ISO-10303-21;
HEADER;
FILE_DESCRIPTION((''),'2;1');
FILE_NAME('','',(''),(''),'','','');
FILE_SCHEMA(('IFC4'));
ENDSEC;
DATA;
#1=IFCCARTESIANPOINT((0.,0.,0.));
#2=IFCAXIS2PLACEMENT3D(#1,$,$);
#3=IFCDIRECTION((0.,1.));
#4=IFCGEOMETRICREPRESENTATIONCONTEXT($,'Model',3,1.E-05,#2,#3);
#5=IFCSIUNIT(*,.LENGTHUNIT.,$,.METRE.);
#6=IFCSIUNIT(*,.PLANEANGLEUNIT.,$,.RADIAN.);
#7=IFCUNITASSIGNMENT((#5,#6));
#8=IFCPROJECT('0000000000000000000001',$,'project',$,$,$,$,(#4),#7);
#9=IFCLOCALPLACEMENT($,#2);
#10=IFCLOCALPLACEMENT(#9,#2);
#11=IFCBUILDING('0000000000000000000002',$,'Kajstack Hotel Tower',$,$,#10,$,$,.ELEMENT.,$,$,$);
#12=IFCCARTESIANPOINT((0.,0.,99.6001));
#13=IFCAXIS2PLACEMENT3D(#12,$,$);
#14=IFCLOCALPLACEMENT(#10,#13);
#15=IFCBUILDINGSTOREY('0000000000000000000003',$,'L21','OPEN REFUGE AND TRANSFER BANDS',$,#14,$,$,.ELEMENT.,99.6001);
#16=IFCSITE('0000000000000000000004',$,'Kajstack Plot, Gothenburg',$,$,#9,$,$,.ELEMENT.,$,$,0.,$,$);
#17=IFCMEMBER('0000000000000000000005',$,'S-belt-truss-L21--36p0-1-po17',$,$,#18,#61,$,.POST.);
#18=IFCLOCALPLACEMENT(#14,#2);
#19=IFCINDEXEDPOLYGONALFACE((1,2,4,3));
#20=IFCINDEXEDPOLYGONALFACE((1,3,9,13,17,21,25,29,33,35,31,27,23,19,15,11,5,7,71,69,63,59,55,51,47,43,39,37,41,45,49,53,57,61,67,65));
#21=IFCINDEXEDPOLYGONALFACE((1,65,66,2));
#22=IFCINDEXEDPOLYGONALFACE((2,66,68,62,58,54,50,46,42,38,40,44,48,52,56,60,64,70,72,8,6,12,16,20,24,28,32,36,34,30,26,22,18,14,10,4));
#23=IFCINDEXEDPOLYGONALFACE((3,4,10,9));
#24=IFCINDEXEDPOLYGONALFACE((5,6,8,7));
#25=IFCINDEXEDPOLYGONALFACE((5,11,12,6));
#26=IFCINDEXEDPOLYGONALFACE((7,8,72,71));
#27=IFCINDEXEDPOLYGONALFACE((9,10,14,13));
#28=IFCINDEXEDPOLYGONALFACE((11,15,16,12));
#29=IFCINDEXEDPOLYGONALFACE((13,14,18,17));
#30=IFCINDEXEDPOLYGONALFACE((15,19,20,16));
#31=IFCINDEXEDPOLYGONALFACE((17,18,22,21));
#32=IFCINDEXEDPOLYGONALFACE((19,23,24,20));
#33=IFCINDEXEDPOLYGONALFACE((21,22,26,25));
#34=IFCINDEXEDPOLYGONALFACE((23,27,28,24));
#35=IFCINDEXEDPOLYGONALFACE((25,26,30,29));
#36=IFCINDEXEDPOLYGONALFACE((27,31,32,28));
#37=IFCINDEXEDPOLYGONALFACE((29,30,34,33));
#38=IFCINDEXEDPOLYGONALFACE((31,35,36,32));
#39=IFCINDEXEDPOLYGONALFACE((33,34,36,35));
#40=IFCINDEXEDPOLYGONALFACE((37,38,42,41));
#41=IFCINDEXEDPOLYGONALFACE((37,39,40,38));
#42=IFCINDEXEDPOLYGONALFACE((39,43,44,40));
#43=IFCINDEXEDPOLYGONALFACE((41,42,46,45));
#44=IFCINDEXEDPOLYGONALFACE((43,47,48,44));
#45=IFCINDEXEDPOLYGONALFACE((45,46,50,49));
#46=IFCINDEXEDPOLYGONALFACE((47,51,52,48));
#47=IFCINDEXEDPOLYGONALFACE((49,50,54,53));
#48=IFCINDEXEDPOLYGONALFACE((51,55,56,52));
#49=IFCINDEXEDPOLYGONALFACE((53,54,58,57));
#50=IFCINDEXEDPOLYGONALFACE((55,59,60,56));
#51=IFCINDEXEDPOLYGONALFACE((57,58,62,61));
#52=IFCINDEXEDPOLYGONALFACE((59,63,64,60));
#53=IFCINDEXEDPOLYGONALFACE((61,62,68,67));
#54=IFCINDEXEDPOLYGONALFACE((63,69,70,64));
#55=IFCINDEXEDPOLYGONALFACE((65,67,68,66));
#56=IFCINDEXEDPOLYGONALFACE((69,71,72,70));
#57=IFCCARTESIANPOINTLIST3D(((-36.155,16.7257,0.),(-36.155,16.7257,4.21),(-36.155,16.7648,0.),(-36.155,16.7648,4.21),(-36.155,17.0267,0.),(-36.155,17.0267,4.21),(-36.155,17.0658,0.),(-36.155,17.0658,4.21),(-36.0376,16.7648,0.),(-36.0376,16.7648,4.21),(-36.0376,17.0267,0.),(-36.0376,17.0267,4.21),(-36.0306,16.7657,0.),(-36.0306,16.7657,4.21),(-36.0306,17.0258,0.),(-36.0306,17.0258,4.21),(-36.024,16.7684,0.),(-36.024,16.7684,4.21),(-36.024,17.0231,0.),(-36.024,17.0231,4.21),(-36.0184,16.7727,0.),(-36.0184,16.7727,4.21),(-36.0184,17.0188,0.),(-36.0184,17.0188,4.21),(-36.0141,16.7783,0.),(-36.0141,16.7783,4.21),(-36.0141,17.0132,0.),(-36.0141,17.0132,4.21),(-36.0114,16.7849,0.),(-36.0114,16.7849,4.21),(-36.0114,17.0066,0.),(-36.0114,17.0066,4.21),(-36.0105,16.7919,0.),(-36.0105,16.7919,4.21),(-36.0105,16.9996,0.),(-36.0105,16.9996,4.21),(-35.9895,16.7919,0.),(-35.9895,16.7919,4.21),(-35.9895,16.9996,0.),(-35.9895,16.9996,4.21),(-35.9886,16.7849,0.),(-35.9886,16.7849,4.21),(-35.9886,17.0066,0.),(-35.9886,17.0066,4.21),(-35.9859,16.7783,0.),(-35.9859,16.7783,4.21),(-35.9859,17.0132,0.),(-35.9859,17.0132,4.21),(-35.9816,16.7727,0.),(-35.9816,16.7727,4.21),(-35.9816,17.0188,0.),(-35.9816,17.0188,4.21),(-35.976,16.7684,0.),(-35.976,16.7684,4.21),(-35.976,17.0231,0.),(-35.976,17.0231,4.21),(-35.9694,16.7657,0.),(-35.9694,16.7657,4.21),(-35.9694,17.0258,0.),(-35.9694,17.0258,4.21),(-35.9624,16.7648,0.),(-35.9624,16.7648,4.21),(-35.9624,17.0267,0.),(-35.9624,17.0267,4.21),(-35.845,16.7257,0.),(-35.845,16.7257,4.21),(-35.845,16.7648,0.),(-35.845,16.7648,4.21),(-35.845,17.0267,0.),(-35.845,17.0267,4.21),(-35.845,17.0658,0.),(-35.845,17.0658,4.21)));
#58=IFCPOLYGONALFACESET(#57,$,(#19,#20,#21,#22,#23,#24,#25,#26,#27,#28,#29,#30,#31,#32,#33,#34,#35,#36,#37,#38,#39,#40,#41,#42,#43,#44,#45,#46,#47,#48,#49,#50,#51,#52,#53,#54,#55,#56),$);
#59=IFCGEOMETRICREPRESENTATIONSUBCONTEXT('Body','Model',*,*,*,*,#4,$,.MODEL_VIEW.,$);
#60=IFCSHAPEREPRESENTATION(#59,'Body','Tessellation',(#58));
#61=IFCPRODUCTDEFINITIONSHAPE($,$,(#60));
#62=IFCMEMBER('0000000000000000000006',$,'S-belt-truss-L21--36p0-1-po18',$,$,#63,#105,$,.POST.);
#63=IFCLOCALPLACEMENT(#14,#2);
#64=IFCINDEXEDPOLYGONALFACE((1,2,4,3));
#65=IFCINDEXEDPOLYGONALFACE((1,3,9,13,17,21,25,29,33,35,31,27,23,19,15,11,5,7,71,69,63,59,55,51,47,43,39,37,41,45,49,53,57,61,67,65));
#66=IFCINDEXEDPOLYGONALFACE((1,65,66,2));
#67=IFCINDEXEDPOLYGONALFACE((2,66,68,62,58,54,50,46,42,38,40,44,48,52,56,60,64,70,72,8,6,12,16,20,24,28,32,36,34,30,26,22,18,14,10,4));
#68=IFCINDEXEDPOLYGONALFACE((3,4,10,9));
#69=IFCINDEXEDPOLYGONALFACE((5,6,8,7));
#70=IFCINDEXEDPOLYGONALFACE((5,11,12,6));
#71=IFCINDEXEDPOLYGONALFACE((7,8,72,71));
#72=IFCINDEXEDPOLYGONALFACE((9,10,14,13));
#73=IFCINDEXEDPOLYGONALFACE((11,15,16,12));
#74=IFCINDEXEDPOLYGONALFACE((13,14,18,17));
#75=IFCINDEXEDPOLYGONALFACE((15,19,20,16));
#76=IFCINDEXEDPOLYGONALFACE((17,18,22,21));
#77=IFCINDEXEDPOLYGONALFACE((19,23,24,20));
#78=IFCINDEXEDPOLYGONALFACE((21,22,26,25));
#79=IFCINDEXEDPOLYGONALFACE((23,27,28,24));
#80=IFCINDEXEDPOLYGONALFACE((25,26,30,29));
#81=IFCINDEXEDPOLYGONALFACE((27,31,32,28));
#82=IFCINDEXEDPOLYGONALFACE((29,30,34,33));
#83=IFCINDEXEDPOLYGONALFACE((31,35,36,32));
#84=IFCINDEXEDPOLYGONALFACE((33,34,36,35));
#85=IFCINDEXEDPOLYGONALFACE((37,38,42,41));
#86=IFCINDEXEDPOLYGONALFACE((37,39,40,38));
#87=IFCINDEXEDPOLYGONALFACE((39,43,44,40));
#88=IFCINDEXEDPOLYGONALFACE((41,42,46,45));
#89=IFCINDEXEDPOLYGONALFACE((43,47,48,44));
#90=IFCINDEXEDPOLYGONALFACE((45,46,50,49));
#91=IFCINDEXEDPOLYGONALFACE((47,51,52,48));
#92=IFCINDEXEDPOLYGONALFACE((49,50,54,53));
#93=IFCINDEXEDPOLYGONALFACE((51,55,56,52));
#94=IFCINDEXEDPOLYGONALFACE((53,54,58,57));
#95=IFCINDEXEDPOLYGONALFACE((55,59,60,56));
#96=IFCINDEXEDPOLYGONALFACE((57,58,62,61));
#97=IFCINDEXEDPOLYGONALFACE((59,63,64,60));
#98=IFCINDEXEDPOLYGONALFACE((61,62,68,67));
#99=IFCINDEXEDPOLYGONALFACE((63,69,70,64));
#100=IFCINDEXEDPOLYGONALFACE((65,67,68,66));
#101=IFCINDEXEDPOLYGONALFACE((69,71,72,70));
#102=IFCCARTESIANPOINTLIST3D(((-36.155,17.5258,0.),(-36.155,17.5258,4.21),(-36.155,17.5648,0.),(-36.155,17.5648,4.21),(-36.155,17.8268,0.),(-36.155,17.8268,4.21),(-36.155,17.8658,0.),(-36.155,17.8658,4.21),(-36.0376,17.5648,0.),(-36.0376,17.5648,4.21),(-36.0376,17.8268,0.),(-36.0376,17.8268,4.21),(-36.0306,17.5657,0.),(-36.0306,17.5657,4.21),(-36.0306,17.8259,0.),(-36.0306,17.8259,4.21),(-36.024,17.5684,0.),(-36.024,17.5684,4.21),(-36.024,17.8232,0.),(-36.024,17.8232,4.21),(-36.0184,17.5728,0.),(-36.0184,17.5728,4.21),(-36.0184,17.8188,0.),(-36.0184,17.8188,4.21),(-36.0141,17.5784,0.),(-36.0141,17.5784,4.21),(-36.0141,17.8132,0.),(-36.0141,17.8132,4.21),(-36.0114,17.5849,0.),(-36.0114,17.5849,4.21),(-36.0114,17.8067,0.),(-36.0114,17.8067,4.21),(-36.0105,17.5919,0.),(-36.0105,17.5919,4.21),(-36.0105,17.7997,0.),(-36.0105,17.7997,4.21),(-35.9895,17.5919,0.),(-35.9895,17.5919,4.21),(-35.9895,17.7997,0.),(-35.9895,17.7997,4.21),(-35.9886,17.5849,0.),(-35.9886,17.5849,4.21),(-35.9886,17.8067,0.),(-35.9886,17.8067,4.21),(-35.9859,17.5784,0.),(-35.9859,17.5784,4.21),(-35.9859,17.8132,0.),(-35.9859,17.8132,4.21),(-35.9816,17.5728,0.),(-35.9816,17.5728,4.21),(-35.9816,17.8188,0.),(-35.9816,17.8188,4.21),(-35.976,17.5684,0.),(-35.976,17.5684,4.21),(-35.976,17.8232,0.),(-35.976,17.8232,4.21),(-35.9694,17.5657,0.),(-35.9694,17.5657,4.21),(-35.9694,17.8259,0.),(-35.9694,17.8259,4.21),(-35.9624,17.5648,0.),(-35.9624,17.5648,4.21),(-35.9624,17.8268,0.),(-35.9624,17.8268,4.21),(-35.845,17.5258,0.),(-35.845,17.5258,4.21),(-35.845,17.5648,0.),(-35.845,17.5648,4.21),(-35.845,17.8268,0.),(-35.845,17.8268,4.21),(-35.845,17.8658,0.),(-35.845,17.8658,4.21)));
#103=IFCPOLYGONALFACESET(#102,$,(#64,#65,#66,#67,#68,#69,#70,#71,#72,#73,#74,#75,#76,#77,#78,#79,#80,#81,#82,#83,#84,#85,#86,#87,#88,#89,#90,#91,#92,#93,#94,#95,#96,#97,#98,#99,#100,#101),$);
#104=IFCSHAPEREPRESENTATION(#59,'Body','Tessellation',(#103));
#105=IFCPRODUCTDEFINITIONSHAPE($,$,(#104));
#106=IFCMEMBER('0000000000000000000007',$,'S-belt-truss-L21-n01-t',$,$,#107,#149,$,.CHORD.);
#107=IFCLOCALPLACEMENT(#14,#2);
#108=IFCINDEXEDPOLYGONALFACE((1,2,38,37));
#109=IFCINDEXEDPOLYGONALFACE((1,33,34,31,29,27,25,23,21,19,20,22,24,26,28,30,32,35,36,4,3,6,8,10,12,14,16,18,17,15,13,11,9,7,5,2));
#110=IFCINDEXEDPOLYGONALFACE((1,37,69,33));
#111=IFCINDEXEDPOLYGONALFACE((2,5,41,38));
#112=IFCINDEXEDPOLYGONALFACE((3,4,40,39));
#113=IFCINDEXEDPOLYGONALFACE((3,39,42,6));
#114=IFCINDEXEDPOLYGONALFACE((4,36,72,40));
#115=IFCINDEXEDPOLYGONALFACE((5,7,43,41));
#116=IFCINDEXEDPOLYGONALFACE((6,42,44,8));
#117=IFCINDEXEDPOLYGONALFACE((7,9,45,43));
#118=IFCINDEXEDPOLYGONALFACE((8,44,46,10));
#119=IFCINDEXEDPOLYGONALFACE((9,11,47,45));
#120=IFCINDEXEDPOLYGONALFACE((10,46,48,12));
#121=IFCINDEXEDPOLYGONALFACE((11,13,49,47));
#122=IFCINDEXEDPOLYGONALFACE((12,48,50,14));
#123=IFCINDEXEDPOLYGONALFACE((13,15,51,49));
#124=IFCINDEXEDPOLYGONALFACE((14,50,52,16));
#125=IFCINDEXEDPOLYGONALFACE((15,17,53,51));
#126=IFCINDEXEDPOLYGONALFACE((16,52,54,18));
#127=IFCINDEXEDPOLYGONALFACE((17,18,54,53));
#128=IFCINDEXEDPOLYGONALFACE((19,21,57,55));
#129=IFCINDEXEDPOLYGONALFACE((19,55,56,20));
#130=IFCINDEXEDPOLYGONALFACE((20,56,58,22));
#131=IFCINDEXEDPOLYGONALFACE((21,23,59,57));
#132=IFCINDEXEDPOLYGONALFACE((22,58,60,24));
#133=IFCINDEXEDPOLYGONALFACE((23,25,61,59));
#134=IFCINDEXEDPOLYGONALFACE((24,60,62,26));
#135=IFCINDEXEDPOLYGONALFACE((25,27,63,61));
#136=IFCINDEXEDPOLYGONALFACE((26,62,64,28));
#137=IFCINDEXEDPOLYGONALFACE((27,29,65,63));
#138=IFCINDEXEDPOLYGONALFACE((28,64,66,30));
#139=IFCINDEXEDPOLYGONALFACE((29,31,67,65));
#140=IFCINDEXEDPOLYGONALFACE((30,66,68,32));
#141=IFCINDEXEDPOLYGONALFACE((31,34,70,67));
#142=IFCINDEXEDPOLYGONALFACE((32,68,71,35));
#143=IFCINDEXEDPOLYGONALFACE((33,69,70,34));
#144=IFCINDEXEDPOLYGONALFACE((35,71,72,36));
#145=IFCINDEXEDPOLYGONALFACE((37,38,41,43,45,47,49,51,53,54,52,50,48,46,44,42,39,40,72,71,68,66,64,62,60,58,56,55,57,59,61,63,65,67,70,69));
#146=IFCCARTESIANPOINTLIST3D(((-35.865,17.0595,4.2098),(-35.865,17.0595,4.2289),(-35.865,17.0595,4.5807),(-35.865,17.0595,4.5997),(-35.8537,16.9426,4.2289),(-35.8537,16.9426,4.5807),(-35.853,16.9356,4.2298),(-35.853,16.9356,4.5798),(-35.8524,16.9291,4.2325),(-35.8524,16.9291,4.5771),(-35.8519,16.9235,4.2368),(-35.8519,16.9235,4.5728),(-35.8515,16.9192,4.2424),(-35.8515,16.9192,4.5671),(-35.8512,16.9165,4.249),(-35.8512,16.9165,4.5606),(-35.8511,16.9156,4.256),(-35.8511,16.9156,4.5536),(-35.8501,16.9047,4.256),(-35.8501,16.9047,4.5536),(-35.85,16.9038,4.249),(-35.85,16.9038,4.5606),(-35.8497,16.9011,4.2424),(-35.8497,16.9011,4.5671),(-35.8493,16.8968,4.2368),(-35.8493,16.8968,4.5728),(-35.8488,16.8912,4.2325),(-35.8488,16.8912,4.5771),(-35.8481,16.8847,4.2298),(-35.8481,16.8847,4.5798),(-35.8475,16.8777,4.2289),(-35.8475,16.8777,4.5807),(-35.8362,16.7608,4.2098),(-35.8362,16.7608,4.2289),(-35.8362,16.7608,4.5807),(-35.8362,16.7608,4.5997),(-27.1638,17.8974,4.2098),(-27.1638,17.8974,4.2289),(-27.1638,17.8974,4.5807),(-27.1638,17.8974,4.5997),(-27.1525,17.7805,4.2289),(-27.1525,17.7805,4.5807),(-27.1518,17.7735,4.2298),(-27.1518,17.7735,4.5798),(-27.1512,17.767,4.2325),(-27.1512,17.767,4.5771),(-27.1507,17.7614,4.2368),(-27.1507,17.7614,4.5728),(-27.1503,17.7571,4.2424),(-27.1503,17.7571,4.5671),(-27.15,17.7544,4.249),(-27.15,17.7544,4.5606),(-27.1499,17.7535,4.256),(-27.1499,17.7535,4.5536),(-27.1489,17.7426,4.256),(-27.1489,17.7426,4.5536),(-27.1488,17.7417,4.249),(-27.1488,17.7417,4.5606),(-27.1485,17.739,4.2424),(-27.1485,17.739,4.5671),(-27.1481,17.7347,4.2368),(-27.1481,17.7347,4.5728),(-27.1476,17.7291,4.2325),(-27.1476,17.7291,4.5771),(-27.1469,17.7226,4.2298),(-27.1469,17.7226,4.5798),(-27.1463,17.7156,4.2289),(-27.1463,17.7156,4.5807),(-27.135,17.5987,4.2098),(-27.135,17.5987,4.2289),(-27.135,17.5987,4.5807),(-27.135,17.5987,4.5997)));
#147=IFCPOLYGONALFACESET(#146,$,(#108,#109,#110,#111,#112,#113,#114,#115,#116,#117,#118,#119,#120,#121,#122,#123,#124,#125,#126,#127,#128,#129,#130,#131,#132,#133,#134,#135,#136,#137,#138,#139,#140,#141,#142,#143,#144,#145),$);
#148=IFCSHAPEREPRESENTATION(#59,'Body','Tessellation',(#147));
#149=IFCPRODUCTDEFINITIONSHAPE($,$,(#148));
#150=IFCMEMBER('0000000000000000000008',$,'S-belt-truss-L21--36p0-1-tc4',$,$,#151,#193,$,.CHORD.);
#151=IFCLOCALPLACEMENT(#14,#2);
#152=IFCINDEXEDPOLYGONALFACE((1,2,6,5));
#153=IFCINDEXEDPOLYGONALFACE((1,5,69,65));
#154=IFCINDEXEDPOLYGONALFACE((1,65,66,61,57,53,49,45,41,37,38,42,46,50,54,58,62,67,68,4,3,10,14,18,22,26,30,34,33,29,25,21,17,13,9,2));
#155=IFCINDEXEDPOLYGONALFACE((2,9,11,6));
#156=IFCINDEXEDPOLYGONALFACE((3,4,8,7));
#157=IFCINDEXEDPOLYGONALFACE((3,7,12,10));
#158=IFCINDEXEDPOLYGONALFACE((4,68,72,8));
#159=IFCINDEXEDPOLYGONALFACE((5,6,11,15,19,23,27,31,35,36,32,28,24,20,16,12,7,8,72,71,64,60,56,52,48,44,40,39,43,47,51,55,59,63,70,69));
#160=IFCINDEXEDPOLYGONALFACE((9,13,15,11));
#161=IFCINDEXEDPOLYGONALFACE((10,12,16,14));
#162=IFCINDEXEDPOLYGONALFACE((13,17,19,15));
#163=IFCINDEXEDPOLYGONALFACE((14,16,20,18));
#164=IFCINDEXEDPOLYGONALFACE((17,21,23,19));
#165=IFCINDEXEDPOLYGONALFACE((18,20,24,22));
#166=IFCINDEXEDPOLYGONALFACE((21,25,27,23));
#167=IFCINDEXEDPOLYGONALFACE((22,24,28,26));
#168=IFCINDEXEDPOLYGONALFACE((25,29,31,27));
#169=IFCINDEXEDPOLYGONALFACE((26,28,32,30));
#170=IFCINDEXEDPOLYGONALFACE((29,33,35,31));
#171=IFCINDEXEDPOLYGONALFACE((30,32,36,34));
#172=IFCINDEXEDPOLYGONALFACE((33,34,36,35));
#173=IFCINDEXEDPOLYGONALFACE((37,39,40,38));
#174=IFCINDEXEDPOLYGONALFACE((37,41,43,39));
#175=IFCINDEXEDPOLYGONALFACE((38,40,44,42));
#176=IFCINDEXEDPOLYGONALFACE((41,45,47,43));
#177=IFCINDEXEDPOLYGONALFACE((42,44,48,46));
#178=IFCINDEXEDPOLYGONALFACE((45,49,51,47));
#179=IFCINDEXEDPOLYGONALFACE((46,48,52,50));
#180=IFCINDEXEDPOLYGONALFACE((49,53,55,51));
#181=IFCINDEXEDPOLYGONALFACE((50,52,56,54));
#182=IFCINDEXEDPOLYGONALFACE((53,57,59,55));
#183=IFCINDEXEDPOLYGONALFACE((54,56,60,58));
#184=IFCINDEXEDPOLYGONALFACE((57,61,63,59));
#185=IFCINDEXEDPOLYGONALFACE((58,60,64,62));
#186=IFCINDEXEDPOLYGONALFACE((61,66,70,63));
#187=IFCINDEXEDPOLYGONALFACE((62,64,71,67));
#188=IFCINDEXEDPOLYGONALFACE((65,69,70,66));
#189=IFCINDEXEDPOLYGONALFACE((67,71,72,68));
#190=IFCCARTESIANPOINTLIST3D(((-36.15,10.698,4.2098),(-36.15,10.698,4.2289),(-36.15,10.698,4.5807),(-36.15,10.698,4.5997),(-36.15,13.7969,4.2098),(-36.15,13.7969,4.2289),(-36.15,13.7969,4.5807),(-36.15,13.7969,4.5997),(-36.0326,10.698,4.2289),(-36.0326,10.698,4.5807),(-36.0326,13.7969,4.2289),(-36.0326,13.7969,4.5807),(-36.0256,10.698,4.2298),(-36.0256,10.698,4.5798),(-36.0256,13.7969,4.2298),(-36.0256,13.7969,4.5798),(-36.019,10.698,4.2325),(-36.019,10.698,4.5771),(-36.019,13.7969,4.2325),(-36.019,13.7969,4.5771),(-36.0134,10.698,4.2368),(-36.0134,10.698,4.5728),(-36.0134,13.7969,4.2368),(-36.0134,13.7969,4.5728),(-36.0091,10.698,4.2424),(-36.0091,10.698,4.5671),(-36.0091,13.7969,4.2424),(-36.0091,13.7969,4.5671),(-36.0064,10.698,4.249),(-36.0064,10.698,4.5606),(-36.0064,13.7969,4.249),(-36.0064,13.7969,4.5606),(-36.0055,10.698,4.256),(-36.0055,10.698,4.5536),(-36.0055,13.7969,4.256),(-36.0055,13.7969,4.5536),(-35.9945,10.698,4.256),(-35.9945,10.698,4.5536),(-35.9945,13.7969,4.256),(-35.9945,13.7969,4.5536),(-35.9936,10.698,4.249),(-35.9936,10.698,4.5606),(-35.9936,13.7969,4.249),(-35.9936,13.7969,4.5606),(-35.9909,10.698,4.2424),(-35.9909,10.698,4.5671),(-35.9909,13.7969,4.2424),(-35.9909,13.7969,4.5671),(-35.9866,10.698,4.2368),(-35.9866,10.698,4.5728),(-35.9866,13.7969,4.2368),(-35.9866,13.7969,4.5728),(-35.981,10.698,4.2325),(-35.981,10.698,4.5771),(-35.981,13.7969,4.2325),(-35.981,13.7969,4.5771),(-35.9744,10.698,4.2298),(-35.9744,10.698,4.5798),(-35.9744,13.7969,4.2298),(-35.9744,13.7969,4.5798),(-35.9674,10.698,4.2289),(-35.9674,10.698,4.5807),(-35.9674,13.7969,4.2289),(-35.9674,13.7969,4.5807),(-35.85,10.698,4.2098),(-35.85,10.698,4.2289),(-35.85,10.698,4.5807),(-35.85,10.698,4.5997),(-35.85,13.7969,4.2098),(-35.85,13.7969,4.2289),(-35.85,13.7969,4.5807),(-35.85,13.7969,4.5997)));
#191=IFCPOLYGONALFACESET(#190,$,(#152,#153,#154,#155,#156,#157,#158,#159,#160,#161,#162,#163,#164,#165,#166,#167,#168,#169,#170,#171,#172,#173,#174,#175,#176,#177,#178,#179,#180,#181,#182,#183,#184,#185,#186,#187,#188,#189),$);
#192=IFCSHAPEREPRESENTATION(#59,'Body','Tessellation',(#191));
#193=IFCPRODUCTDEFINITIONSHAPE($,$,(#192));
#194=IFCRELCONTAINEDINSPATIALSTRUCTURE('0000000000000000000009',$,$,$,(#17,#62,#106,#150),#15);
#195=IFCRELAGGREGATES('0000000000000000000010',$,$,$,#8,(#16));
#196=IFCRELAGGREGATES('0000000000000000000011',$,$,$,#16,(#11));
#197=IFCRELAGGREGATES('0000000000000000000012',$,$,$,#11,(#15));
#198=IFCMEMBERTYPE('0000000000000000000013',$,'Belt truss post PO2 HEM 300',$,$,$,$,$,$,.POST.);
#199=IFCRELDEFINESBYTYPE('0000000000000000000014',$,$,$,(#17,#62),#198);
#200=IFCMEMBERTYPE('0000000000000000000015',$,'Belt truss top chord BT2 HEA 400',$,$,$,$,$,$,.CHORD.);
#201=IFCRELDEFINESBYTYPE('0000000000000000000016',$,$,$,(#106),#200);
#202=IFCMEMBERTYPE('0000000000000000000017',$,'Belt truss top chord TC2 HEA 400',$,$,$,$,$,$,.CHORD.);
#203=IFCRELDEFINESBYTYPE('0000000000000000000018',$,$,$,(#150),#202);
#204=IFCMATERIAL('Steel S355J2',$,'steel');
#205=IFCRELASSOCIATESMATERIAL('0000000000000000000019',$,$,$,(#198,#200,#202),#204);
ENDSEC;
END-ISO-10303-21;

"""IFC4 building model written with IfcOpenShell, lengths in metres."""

from ifc_helpers import new_model, si_unit, direction, frame, origin, origin_2d, place, context, subcontext, project, spatial, i_section, extrude, material, material_profile, profile_set, type_object, element, save


model = new_model("IFC4")

# Units and contexts
model_context = context("Model", 3, precision=1e-05, world=origin(), true_north=direction((0.0, 1.0)))
body_context = subcontext(model_context, "Body", "Model", "MODEL_VIEW")
ifc_project = project(units=[si_unit("LENGTHUNIT", "METRE"), si_unit("PLANEANGLEUNIT", "RADIAN")], contexts=[model_context])

# Site, building, storey
site_placement = place(None, origin())
site = spatial("IfcSite", under=ifc_project, at=site_placement, Name="Kajstack Plot, Gothenburg", CompositionType="ELEMENT", RefElevation=0.0)
building_placement = place(site_placement, origin())
building = spatial("IfcBuilding", under=site, at=building_placement, Name="Kajstack Hotel Tower", CompositionType="ELEMENT")
storey_placement = place(building_placement, frame((0.0, 0.0, 99.6001)))
storey = spatial("IfcBuildingStorey", under=building, at=storey_placement, Name="L21", Description="OPEN REFUGE AND TRANSFER BANDS", CompositionType="ELEMENT", Elevation=99.6001)

# Members
ifc_material = material(Name="Steel S355J2", Category="steel")
ifc_material_profile_1 = material_profile(ifc_material, i_section(OverallWidth=0.3101, OverallDepth=0.3401, WebThickness=0.021, FlangeThickness=0.0391, FilletRadius=0.0271, at=origin_2d()), Name="HEM 300")
ifc_profile_set_1 = profile_set([ifc_material_profile_1], Name="Steel S355J2")
member_type_1 = type_object("IfcMemberType", Name="Belt truss post PO2 HEM 300", PredefinedType="POST", material=ifc_profile_set_1)
for number, where, z_axis, x_axis, name in (
    (1, (-36.0, 16.8958, 0.0), (0.0, 0.0, 1.0), (1.0, 0.0, 0.0), "S-belt-truss-L21--36p0-1-po17"),
    (2, (-36.0, 17.6958, 0.0), (0.0, 0.0, 1.0), (1.0, 0.0, 0.0), "S-belt-truss-L21--36p0-1-po18"),
):
    element("IfcMember", number, at=place(storey_placement, frame(where, z_axis=z_axis, x_axis=x_axis)), inside=storey, type_object=member_type_1, Name=name, PredefinedType="POST", context=body_context, shape_type="SweptSolid", body=[
        extrude(i_section(OverallWidth=0.3101, OverallDepth=0.3401, WebThickness=0.021, FlangeThickness=0.0391, FilletRadius=0.0271, at=origin_2d()), origin(), (0.0, 0.0, 1.0), 4.21),
    ])
ifc_material_profile_2 = material_profile(ifc_material, i_section(OverallWidth=0.3, OverallDepth=0.3899, WebThickness=0.011, FlangeThickness=0.019, FilletRadius=0.0271, at=origin_2d()), Name="HEA 400")
ifc_profile_set_2 = profile_set([ifc_material_profile_2], Name="Steel S355J2")
member_type_2 = type_object("IfcMemberType", Name="Belt truss top chord BT2 HEA 400", PredefinedType="CHORD", material=ifc_profile_set_2)
member_1_placement = place(storey_placement, frame((-35.8506, 16.9102, 4.4048), z_axis=(0.995396, 0.095853, 0.0), x_axis=(-0.095853, 0.995396, 0.0)))
element("IfcMember", 3, at=member_1_placement, inside=storey, type_object=member_type_2, Name="S-belt-truss-L21-n01-t", PredefinedType="CHORD", context=body_context, shape_type="SweptSolid", body=[
    extrude(i_section(OverallWidth=0.3, OverallDepth=0.3899, WebThickness=0.011, FlangeThickness=0.019, FilletRadius=0.0271, at=origin_2d()), origin(), (0.0, 0.0, 1.0), 8.7415),
])
ifc_material_profile_3 = material_profile(ifc_material, i_section(OverallWidth=0.3, OverallDepth=0.3899, WebThickness=0.011, FlangeThickness=0.019, FilletRadius=0.0271, at=origin_2d()), Name="HEA 400")
ifc_profile_set_3 = profile_set([ifc_material_profile_3], Name="Steel S355J2")
member_type_3 = type_object("IfcMemberType", Name="Belt truss top chord TC2 HEA 400", PredefinedType="CHORD", material=ifc_profile_set_3)
for number, where, z_axis, x_axis, name in (
    (4, (-36.0, 10.698, 4.4048), (0.0, 1.0, 0.0), (-1.0, 0.0, 0.0), "S-belt-truss-L21--36p0-1-tc4"),
):
    element("IfcMember", number, at=place(storey_placement, frame(where, z_axis=z_axis, x_axis=x_axis)), inside=storey, type_object=member_type_3, Name=name, PredefinedType="CHORD", context=body_context, shape_type="SweptSolid", body=[
        extrude(i_section(OverallWidth=0.3, OverallDepth=0.3899, WebThickness=0.011, FlangeThickness=0.019, FilletRadius=0.0271, at=origin_2d()), origin(), (0.0, 0.0, 1.0), 3.0989),
    ])

save(model, "model.ifc")
